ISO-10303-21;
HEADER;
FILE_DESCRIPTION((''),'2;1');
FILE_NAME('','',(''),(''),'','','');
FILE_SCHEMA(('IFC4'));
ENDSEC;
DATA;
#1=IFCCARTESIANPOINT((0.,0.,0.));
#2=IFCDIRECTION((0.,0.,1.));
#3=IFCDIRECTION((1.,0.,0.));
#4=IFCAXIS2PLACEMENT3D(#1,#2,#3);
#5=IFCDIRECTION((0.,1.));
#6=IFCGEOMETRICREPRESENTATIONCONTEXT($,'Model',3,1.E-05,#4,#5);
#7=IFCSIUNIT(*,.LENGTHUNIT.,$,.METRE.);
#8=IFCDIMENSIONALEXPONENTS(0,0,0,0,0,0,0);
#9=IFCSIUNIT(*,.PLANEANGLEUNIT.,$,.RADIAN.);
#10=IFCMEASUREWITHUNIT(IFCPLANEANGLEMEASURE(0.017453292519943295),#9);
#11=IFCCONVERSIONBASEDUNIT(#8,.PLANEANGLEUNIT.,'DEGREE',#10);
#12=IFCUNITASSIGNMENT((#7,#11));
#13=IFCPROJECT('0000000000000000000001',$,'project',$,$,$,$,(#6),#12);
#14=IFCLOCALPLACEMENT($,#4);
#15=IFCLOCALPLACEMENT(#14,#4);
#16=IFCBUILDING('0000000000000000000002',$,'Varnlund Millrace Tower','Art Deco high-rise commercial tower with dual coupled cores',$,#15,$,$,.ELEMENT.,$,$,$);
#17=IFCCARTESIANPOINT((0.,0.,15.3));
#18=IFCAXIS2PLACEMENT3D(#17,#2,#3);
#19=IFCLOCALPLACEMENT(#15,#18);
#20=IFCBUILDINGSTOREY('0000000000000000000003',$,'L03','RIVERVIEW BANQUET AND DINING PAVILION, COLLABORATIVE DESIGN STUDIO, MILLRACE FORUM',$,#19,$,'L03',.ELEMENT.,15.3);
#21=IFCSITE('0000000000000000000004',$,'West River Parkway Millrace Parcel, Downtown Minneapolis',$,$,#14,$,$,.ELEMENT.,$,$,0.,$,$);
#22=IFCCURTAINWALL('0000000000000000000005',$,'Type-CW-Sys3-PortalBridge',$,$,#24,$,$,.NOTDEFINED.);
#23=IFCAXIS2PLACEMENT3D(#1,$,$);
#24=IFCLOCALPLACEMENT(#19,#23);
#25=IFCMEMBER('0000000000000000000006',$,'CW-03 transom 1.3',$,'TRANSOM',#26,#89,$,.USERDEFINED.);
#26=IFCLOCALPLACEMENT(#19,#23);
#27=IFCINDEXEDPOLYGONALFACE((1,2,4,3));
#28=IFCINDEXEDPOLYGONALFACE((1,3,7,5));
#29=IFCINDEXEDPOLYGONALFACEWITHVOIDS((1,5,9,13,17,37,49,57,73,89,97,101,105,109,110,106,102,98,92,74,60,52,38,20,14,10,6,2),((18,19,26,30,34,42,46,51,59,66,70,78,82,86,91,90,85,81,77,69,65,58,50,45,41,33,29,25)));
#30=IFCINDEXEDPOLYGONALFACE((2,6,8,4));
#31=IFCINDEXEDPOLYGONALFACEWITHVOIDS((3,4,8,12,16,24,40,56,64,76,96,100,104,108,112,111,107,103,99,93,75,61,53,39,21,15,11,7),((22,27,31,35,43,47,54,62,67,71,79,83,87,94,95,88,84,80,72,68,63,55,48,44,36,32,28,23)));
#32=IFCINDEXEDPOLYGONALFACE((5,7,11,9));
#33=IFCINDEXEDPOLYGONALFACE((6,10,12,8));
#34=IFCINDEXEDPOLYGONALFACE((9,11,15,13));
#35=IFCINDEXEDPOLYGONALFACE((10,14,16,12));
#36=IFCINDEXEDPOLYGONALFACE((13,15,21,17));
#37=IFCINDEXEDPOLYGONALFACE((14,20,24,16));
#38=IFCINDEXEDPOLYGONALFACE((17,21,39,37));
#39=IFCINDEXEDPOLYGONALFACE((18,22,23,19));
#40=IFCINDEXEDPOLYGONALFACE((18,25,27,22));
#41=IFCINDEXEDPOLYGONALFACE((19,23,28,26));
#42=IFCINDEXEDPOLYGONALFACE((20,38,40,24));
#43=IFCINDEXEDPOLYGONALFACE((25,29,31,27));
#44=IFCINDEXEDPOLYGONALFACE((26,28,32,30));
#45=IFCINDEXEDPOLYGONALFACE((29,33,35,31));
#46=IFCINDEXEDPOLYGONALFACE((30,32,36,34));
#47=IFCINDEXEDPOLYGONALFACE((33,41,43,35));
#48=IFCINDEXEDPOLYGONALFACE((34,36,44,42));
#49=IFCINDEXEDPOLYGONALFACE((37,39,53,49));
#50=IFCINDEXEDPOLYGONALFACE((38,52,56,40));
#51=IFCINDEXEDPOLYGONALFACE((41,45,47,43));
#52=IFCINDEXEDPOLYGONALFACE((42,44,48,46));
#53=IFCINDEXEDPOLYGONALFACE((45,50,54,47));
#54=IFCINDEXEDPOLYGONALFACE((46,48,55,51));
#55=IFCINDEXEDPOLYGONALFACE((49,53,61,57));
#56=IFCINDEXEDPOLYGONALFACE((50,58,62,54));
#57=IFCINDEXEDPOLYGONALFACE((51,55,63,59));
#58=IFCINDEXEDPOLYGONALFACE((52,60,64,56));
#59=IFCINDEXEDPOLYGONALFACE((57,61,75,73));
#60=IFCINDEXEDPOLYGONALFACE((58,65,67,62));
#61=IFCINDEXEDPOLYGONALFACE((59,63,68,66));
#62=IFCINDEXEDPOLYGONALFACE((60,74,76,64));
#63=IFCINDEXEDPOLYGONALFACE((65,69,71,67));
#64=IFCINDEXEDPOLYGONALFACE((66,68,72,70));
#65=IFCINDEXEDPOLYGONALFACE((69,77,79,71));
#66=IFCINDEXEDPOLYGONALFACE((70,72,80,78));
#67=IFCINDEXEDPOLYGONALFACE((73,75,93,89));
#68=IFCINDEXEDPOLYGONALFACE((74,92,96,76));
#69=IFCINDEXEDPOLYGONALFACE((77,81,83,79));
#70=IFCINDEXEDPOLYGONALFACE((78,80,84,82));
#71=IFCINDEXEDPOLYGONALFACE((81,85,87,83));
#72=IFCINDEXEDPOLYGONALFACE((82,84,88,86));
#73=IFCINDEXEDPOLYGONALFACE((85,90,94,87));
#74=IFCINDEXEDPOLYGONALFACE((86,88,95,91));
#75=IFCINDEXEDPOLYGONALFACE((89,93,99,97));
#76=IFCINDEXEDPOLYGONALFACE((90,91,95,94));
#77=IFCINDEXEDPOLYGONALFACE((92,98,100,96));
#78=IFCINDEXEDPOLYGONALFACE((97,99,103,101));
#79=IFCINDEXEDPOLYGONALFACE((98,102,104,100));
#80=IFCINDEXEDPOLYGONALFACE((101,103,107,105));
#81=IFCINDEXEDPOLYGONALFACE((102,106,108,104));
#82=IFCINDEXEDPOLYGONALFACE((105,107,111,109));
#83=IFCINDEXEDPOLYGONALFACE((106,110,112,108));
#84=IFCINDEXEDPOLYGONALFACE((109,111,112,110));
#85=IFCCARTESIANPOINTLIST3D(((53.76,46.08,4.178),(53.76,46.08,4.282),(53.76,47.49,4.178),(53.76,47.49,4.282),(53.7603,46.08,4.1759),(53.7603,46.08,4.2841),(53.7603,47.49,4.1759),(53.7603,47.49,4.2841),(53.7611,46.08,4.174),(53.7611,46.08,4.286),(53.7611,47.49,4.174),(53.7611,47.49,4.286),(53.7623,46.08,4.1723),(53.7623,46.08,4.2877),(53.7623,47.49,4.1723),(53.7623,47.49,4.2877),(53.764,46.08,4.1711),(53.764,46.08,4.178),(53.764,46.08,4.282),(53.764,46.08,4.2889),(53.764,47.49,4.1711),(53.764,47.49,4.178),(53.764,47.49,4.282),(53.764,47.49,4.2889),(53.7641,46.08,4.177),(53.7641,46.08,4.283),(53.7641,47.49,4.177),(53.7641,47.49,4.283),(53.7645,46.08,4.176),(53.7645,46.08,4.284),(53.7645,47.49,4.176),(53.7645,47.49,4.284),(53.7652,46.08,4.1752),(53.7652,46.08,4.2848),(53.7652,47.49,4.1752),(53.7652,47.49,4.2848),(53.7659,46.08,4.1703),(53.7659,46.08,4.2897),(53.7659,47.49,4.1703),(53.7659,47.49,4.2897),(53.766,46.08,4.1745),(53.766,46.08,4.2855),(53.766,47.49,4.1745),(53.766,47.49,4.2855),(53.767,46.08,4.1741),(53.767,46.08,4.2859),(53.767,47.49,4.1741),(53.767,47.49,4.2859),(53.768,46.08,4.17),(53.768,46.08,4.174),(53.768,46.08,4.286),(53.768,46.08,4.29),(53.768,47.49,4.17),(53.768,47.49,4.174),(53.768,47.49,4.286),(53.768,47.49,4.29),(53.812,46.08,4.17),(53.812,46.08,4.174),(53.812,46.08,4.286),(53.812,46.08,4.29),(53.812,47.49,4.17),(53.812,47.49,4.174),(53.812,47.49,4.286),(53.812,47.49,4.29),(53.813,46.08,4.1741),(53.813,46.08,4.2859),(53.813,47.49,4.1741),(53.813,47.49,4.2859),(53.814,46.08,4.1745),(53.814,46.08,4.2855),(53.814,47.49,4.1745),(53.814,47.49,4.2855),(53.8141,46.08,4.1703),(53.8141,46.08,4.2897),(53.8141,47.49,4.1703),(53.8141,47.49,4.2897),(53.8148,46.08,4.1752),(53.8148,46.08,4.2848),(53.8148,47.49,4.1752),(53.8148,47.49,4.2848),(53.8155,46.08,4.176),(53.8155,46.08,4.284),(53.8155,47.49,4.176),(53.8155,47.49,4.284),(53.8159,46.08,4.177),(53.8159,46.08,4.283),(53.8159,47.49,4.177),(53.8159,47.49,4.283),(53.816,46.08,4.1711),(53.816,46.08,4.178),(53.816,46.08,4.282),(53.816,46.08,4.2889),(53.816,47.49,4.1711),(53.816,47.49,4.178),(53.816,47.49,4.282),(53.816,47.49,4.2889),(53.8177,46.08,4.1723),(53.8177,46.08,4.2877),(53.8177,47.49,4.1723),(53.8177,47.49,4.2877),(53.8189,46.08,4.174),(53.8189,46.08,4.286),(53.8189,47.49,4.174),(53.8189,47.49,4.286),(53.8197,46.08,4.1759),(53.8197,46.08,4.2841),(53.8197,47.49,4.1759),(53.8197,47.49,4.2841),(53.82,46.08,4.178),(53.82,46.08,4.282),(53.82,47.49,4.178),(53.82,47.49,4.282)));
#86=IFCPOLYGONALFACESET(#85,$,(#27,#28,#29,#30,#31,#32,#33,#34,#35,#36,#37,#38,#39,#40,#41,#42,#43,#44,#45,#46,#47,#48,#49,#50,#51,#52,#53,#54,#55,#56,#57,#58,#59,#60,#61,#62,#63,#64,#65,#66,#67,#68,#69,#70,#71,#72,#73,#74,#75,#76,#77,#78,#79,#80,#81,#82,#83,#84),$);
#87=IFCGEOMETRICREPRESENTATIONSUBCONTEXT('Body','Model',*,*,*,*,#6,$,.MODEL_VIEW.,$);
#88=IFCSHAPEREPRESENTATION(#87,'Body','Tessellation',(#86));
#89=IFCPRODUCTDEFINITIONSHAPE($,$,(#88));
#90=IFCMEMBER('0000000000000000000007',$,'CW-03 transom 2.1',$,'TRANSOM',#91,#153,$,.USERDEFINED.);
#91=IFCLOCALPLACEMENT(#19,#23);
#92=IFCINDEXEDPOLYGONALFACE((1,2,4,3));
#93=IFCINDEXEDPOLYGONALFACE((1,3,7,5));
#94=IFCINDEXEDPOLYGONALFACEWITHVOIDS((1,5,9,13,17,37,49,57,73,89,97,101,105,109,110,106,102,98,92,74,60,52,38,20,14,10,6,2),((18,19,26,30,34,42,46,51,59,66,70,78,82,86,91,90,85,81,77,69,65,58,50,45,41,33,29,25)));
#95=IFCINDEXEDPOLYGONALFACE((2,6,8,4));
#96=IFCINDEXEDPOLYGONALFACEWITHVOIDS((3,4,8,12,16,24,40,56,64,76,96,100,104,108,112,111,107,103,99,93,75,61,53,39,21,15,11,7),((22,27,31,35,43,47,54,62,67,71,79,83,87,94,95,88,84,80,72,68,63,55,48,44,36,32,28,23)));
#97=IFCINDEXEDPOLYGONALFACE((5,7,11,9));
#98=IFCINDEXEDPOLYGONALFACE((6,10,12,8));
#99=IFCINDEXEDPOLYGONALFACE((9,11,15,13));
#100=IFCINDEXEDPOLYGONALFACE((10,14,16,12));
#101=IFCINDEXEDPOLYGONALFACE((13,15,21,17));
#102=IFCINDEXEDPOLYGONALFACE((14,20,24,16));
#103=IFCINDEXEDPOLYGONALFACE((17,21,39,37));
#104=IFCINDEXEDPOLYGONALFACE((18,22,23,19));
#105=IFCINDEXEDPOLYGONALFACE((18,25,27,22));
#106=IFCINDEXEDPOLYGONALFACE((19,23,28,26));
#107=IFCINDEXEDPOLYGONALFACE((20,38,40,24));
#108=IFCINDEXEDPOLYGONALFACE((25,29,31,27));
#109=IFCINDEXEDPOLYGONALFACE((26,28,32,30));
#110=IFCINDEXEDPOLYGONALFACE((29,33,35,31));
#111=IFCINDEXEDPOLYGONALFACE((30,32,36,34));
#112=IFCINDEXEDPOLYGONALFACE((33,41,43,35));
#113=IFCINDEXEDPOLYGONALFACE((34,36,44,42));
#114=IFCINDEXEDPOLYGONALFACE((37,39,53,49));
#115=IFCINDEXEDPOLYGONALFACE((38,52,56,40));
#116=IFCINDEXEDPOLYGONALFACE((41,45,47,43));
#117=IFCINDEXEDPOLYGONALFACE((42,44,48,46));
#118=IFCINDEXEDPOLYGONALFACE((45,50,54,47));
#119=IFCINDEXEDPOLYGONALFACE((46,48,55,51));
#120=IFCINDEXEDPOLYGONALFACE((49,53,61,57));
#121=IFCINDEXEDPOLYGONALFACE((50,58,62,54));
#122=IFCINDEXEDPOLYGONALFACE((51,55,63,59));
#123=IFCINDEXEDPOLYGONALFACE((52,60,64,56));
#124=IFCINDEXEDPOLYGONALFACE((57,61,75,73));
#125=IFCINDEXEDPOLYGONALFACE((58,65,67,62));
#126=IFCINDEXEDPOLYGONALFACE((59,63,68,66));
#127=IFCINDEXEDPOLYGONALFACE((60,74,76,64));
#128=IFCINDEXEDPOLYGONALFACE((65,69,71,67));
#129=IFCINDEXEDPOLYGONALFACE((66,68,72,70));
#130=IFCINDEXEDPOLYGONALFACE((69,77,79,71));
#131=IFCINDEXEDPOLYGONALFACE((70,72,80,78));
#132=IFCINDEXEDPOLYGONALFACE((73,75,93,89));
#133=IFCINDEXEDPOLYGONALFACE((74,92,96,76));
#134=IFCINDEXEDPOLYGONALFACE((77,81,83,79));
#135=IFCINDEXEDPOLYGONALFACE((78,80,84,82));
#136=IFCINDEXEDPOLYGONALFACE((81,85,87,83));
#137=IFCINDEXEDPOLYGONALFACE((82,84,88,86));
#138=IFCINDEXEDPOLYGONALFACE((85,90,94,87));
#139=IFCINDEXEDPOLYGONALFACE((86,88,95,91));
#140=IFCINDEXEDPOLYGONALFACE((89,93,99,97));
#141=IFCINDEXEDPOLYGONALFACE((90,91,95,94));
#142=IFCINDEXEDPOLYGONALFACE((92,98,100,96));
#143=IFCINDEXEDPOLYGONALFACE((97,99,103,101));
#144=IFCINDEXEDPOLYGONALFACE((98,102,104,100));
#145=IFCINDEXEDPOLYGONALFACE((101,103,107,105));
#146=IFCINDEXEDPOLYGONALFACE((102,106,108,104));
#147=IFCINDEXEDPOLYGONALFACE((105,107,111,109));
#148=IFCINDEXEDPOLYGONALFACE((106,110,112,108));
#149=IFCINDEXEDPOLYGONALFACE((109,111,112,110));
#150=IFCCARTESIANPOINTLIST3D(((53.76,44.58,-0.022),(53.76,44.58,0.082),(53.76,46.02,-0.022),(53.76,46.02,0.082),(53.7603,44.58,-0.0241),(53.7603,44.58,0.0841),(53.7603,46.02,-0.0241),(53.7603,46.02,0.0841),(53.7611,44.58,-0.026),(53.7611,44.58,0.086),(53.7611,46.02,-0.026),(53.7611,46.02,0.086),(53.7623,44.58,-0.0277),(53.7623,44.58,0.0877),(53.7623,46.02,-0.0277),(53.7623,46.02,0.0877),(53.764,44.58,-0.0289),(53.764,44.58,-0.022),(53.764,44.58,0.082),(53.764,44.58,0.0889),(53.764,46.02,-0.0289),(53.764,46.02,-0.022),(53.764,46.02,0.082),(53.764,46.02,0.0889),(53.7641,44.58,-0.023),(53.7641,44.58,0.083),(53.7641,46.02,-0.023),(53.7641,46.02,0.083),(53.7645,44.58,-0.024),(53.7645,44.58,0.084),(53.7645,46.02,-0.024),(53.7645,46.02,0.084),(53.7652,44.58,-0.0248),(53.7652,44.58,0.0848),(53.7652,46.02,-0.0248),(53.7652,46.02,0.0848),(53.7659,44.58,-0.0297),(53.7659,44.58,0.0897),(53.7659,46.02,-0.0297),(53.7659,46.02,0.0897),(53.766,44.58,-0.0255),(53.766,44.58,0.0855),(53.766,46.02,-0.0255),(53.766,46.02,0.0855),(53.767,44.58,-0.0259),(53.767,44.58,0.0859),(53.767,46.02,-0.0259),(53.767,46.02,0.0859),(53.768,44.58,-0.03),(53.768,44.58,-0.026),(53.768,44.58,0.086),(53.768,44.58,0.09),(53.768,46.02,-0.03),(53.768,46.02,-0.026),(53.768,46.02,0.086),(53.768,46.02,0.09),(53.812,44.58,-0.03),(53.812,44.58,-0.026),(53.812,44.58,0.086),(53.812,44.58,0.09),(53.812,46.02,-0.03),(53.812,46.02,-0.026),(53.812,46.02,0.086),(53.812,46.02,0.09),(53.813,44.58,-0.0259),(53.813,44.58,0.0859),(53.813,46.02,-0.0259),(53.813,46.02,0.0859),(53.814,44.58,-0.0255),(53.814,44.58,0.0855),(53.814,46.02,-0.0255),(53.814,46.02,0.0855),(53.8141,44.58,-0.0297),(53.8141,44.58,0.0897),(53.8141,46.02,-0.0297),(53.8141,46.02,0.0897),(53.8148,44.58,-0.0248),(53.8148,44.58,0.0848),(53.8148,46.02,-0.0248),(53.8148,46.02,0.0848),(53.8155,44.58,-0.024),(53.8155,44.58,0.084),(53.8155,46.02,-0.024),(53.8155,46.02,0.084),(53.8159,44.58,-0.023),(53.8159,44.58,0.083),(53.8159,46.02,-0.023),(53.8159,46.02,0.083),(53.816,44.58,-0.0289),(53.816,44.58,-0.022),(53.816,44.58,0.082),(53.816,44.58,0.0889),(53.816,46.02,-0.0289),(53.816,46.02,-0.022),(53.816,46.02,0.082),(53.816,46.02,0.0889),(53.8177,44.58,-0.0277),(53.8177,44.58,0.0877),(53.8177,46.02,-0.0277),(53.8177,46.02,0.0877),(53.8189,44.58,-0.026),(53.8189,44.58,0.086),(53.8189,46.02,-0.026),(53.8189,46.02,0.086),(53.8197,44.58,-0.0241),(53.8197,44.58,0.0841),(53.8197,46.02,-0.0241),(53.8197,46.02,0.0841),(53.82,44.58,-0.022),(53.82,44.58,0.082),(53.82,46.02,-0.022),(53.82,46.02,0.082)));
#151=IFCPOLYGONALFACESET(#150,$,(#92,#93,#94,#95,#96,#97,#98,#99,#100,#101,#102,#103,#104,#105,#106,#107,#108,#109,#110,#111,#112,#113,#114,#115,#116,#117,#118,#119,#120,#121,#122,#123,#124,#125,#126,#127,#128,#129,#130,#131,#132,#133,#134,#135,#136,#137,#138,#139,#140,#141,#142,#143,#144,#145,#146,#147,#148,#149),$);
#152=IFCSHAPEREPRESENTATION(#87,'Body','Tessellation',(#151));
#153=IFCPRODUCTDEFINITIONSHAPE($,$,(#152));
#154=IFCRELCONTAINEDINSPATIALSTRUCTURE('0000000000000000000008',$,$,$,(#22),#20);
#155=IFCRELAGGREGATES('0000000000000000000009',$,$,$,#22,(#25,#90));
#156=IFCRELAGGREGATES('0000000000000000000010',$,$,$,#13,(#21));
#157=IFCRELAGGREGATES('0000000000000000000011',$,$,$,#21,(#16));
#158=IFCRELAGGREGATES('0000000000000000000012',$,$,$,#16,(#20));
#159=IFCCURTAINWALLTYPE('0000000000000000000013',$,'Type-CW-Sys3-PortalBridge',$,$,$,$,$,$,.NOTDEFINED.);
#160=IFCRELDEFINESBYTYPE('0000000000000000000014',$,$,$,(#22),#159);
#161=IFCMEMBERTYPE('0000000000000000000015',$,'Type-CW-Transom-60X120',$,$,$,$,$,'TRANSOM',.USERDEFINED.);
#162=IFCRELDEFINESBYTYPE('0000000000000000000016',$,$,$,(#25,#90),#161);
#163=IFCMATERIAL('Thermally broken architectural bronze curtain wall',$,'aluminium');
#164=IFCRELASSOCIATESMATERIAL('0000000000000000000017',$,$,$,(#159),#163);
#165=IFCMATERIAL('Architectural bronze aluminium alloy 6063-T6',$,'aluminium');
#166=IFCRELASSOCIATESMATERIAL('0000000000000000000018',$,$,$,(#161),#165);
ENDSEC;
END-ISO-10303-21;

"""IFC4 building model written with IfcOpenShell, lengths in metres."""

from ifc_helpers import new_model, entity, si_unit, converted_unit, direction, frame, origin_with_axes, origin_2d_with_axis, place, context, subcontext, project, spatial, hollow_rectangle, extrude, material, material_profile, profile_set, type_object, element, aggregate, save


model = new_model("IFC4")

# Units and contexts
model_context = context("Model", 3, precision=1e-05, world=origin_with_axes(), true_north=direction((0.0, 1.0)))
body_context = subcontext(model_context, "Body", "Model", "MODEL_VIEW")
ifc_project = project(units=[si_unit("LENGTHUNIT", "METRE"), converted_unit("PLANEANGLEUNIT", "DEGREE", entity("IfcPlaneAngleMeasure", 0.017453292519943295), si_unit("PLANEANGLEUNIT", "RADIAN"), dimensions=[0, 0, 0, 0, 0, 0, 0])], contexts=[model_context])

# Site, building, storey
site_placement = place(None, origin_with_axes())
site = spatial("IfcSite", under=ifc_project, at=site_placement, Name="West River Parkway Millrace Parcel, Downtown Minneapolis", CompositionType="ELEMENT", RefElevation=0.0)
building_placement = place(site_placement, origin_with_axes())
building = spatial("IfcBuilding", under=site, at=building_placement, Name="Varnlund Millrace Tower", Description="Art Deco high-rise commercial tower with dual coupled cores", CompositionType="ELEMENT")
storey_placement = place(building_placement, frame((0.0, 0.0, 15.3), z_axis=(0.0, 0.0, 1.0), x_axis=(1.0, 0.0, 0.0)))
storey = spatial("IfcBuildingStorey", under=building, at=storey_placement, Name="L03", Description="RIVERVIEW BANQUET AND DINING PAVILION, COLLABORATIVE DESIGN STUDIO, MILLRACE FORUM", LongName="L03", CompositionType="ELEMENT", Elevation=15.3)

# Curtain wall
ifc_material_1 = material(Name="Thermally broken architectural bronze curtain wall", Category="aluminium")
curtain_wall_type = type_object("IfcCurtainWallType", Name="Type-CW-Sys3-PortalBridge", PredefinedType="NOTDEFINED", material=ifc_material_1)
ifc_material_2 = material(Name="Architectural bronze aluminium alloy 6063-T6", Category="aluminium")
curtain_wall_1_placement = place(storey_placement, frame((53.79, 47.55, 0.0), z_axis=(0.0, 0.0, 1.0), x_axis=(1.0, 0.0, 0.0)))
curtain_wall_1 = element("IfcCurtainWall", 1, at=curtain_wall_1_placement, inside=storey, type_object=curtain_wall_type, Name="Type-CW-Sys3-PortalBridge", PredefinedType="NOTDEFINED")

# Members
ifc_material_profile_1 = material_profile(ifc_material_2, hollow_rectangle(XDim=0.06, YDim=0.12, WallThickness=0.004, InnerFilletRadius=0.004, OuterFilletRadius=0.008, at=origin_2d_with_axis()), Name="Architectural bronze aluminium alloy 6063-T6")
ifc_profile_set_1 = profile_set([ifc_material_profile_1], Name="Architectural bronze aluminium alloy 6063-T6")
member_type_1 = type_object("IfcMemberType", Name="Type-CW-Transom-60X120", ElementType="TRANSOM", PredefinedType="USERDEFINED", material=ifc_profile_set_1)
member_1_placement = place(storey_placement, frame((53.79, 47.49, 4.23), z_axis=(0.0, -1.0, 0.0), x_axis=(1.0, 0.0, 0.0)))
member_1 = element("IfcMember", 2, at=member_1_placement, type_object=member_type_1, Name="CW-03 transom 1.3", ObjectType="TRANSOM", PredefinedType="USERDEFINED", context=body_context, shape_type="SweptSolid", body=[
    extrude(hollow_rectangle(XDim=0.06, YDim=0.12, WallThickness=0.004, InnerFilletRadius=0.004, OuterFilletRadius=0.008, at=origin_2d_with_axis()), origin_with_axes(), (0.0, 0.0, 1.0), 1.41),
])
member_2_placement = place(storey_placement, frame((53.79, 46.02, 0.03), z_axis=(0.0, -1.0, 0.0), x_axis=(1.0, 0.0, 0.0)))
member_2 = element("IfcMember", 3, at=member_2_placement, type_object=member_type_1, Name="CW-03 transom 2.1", ObjectType="TRANSOM", PredefinedType="USERDEFINED", context=body_context, shape_type="SweptSolid", body=[
    extrude(hollow_rectangle(XDim=0.06, YDim=0.12, WallThickness=0.004, InnerFilletRadius=0.004, OuterFilletRadius=0.008, at=origin_2d_with_axis()), origin_with_axes(), (0.0, 0.0, 1.0), 1.44),
])

aggregate(curtain_wall_1, [member_1, member_2])

save(model, "model.ifc")
